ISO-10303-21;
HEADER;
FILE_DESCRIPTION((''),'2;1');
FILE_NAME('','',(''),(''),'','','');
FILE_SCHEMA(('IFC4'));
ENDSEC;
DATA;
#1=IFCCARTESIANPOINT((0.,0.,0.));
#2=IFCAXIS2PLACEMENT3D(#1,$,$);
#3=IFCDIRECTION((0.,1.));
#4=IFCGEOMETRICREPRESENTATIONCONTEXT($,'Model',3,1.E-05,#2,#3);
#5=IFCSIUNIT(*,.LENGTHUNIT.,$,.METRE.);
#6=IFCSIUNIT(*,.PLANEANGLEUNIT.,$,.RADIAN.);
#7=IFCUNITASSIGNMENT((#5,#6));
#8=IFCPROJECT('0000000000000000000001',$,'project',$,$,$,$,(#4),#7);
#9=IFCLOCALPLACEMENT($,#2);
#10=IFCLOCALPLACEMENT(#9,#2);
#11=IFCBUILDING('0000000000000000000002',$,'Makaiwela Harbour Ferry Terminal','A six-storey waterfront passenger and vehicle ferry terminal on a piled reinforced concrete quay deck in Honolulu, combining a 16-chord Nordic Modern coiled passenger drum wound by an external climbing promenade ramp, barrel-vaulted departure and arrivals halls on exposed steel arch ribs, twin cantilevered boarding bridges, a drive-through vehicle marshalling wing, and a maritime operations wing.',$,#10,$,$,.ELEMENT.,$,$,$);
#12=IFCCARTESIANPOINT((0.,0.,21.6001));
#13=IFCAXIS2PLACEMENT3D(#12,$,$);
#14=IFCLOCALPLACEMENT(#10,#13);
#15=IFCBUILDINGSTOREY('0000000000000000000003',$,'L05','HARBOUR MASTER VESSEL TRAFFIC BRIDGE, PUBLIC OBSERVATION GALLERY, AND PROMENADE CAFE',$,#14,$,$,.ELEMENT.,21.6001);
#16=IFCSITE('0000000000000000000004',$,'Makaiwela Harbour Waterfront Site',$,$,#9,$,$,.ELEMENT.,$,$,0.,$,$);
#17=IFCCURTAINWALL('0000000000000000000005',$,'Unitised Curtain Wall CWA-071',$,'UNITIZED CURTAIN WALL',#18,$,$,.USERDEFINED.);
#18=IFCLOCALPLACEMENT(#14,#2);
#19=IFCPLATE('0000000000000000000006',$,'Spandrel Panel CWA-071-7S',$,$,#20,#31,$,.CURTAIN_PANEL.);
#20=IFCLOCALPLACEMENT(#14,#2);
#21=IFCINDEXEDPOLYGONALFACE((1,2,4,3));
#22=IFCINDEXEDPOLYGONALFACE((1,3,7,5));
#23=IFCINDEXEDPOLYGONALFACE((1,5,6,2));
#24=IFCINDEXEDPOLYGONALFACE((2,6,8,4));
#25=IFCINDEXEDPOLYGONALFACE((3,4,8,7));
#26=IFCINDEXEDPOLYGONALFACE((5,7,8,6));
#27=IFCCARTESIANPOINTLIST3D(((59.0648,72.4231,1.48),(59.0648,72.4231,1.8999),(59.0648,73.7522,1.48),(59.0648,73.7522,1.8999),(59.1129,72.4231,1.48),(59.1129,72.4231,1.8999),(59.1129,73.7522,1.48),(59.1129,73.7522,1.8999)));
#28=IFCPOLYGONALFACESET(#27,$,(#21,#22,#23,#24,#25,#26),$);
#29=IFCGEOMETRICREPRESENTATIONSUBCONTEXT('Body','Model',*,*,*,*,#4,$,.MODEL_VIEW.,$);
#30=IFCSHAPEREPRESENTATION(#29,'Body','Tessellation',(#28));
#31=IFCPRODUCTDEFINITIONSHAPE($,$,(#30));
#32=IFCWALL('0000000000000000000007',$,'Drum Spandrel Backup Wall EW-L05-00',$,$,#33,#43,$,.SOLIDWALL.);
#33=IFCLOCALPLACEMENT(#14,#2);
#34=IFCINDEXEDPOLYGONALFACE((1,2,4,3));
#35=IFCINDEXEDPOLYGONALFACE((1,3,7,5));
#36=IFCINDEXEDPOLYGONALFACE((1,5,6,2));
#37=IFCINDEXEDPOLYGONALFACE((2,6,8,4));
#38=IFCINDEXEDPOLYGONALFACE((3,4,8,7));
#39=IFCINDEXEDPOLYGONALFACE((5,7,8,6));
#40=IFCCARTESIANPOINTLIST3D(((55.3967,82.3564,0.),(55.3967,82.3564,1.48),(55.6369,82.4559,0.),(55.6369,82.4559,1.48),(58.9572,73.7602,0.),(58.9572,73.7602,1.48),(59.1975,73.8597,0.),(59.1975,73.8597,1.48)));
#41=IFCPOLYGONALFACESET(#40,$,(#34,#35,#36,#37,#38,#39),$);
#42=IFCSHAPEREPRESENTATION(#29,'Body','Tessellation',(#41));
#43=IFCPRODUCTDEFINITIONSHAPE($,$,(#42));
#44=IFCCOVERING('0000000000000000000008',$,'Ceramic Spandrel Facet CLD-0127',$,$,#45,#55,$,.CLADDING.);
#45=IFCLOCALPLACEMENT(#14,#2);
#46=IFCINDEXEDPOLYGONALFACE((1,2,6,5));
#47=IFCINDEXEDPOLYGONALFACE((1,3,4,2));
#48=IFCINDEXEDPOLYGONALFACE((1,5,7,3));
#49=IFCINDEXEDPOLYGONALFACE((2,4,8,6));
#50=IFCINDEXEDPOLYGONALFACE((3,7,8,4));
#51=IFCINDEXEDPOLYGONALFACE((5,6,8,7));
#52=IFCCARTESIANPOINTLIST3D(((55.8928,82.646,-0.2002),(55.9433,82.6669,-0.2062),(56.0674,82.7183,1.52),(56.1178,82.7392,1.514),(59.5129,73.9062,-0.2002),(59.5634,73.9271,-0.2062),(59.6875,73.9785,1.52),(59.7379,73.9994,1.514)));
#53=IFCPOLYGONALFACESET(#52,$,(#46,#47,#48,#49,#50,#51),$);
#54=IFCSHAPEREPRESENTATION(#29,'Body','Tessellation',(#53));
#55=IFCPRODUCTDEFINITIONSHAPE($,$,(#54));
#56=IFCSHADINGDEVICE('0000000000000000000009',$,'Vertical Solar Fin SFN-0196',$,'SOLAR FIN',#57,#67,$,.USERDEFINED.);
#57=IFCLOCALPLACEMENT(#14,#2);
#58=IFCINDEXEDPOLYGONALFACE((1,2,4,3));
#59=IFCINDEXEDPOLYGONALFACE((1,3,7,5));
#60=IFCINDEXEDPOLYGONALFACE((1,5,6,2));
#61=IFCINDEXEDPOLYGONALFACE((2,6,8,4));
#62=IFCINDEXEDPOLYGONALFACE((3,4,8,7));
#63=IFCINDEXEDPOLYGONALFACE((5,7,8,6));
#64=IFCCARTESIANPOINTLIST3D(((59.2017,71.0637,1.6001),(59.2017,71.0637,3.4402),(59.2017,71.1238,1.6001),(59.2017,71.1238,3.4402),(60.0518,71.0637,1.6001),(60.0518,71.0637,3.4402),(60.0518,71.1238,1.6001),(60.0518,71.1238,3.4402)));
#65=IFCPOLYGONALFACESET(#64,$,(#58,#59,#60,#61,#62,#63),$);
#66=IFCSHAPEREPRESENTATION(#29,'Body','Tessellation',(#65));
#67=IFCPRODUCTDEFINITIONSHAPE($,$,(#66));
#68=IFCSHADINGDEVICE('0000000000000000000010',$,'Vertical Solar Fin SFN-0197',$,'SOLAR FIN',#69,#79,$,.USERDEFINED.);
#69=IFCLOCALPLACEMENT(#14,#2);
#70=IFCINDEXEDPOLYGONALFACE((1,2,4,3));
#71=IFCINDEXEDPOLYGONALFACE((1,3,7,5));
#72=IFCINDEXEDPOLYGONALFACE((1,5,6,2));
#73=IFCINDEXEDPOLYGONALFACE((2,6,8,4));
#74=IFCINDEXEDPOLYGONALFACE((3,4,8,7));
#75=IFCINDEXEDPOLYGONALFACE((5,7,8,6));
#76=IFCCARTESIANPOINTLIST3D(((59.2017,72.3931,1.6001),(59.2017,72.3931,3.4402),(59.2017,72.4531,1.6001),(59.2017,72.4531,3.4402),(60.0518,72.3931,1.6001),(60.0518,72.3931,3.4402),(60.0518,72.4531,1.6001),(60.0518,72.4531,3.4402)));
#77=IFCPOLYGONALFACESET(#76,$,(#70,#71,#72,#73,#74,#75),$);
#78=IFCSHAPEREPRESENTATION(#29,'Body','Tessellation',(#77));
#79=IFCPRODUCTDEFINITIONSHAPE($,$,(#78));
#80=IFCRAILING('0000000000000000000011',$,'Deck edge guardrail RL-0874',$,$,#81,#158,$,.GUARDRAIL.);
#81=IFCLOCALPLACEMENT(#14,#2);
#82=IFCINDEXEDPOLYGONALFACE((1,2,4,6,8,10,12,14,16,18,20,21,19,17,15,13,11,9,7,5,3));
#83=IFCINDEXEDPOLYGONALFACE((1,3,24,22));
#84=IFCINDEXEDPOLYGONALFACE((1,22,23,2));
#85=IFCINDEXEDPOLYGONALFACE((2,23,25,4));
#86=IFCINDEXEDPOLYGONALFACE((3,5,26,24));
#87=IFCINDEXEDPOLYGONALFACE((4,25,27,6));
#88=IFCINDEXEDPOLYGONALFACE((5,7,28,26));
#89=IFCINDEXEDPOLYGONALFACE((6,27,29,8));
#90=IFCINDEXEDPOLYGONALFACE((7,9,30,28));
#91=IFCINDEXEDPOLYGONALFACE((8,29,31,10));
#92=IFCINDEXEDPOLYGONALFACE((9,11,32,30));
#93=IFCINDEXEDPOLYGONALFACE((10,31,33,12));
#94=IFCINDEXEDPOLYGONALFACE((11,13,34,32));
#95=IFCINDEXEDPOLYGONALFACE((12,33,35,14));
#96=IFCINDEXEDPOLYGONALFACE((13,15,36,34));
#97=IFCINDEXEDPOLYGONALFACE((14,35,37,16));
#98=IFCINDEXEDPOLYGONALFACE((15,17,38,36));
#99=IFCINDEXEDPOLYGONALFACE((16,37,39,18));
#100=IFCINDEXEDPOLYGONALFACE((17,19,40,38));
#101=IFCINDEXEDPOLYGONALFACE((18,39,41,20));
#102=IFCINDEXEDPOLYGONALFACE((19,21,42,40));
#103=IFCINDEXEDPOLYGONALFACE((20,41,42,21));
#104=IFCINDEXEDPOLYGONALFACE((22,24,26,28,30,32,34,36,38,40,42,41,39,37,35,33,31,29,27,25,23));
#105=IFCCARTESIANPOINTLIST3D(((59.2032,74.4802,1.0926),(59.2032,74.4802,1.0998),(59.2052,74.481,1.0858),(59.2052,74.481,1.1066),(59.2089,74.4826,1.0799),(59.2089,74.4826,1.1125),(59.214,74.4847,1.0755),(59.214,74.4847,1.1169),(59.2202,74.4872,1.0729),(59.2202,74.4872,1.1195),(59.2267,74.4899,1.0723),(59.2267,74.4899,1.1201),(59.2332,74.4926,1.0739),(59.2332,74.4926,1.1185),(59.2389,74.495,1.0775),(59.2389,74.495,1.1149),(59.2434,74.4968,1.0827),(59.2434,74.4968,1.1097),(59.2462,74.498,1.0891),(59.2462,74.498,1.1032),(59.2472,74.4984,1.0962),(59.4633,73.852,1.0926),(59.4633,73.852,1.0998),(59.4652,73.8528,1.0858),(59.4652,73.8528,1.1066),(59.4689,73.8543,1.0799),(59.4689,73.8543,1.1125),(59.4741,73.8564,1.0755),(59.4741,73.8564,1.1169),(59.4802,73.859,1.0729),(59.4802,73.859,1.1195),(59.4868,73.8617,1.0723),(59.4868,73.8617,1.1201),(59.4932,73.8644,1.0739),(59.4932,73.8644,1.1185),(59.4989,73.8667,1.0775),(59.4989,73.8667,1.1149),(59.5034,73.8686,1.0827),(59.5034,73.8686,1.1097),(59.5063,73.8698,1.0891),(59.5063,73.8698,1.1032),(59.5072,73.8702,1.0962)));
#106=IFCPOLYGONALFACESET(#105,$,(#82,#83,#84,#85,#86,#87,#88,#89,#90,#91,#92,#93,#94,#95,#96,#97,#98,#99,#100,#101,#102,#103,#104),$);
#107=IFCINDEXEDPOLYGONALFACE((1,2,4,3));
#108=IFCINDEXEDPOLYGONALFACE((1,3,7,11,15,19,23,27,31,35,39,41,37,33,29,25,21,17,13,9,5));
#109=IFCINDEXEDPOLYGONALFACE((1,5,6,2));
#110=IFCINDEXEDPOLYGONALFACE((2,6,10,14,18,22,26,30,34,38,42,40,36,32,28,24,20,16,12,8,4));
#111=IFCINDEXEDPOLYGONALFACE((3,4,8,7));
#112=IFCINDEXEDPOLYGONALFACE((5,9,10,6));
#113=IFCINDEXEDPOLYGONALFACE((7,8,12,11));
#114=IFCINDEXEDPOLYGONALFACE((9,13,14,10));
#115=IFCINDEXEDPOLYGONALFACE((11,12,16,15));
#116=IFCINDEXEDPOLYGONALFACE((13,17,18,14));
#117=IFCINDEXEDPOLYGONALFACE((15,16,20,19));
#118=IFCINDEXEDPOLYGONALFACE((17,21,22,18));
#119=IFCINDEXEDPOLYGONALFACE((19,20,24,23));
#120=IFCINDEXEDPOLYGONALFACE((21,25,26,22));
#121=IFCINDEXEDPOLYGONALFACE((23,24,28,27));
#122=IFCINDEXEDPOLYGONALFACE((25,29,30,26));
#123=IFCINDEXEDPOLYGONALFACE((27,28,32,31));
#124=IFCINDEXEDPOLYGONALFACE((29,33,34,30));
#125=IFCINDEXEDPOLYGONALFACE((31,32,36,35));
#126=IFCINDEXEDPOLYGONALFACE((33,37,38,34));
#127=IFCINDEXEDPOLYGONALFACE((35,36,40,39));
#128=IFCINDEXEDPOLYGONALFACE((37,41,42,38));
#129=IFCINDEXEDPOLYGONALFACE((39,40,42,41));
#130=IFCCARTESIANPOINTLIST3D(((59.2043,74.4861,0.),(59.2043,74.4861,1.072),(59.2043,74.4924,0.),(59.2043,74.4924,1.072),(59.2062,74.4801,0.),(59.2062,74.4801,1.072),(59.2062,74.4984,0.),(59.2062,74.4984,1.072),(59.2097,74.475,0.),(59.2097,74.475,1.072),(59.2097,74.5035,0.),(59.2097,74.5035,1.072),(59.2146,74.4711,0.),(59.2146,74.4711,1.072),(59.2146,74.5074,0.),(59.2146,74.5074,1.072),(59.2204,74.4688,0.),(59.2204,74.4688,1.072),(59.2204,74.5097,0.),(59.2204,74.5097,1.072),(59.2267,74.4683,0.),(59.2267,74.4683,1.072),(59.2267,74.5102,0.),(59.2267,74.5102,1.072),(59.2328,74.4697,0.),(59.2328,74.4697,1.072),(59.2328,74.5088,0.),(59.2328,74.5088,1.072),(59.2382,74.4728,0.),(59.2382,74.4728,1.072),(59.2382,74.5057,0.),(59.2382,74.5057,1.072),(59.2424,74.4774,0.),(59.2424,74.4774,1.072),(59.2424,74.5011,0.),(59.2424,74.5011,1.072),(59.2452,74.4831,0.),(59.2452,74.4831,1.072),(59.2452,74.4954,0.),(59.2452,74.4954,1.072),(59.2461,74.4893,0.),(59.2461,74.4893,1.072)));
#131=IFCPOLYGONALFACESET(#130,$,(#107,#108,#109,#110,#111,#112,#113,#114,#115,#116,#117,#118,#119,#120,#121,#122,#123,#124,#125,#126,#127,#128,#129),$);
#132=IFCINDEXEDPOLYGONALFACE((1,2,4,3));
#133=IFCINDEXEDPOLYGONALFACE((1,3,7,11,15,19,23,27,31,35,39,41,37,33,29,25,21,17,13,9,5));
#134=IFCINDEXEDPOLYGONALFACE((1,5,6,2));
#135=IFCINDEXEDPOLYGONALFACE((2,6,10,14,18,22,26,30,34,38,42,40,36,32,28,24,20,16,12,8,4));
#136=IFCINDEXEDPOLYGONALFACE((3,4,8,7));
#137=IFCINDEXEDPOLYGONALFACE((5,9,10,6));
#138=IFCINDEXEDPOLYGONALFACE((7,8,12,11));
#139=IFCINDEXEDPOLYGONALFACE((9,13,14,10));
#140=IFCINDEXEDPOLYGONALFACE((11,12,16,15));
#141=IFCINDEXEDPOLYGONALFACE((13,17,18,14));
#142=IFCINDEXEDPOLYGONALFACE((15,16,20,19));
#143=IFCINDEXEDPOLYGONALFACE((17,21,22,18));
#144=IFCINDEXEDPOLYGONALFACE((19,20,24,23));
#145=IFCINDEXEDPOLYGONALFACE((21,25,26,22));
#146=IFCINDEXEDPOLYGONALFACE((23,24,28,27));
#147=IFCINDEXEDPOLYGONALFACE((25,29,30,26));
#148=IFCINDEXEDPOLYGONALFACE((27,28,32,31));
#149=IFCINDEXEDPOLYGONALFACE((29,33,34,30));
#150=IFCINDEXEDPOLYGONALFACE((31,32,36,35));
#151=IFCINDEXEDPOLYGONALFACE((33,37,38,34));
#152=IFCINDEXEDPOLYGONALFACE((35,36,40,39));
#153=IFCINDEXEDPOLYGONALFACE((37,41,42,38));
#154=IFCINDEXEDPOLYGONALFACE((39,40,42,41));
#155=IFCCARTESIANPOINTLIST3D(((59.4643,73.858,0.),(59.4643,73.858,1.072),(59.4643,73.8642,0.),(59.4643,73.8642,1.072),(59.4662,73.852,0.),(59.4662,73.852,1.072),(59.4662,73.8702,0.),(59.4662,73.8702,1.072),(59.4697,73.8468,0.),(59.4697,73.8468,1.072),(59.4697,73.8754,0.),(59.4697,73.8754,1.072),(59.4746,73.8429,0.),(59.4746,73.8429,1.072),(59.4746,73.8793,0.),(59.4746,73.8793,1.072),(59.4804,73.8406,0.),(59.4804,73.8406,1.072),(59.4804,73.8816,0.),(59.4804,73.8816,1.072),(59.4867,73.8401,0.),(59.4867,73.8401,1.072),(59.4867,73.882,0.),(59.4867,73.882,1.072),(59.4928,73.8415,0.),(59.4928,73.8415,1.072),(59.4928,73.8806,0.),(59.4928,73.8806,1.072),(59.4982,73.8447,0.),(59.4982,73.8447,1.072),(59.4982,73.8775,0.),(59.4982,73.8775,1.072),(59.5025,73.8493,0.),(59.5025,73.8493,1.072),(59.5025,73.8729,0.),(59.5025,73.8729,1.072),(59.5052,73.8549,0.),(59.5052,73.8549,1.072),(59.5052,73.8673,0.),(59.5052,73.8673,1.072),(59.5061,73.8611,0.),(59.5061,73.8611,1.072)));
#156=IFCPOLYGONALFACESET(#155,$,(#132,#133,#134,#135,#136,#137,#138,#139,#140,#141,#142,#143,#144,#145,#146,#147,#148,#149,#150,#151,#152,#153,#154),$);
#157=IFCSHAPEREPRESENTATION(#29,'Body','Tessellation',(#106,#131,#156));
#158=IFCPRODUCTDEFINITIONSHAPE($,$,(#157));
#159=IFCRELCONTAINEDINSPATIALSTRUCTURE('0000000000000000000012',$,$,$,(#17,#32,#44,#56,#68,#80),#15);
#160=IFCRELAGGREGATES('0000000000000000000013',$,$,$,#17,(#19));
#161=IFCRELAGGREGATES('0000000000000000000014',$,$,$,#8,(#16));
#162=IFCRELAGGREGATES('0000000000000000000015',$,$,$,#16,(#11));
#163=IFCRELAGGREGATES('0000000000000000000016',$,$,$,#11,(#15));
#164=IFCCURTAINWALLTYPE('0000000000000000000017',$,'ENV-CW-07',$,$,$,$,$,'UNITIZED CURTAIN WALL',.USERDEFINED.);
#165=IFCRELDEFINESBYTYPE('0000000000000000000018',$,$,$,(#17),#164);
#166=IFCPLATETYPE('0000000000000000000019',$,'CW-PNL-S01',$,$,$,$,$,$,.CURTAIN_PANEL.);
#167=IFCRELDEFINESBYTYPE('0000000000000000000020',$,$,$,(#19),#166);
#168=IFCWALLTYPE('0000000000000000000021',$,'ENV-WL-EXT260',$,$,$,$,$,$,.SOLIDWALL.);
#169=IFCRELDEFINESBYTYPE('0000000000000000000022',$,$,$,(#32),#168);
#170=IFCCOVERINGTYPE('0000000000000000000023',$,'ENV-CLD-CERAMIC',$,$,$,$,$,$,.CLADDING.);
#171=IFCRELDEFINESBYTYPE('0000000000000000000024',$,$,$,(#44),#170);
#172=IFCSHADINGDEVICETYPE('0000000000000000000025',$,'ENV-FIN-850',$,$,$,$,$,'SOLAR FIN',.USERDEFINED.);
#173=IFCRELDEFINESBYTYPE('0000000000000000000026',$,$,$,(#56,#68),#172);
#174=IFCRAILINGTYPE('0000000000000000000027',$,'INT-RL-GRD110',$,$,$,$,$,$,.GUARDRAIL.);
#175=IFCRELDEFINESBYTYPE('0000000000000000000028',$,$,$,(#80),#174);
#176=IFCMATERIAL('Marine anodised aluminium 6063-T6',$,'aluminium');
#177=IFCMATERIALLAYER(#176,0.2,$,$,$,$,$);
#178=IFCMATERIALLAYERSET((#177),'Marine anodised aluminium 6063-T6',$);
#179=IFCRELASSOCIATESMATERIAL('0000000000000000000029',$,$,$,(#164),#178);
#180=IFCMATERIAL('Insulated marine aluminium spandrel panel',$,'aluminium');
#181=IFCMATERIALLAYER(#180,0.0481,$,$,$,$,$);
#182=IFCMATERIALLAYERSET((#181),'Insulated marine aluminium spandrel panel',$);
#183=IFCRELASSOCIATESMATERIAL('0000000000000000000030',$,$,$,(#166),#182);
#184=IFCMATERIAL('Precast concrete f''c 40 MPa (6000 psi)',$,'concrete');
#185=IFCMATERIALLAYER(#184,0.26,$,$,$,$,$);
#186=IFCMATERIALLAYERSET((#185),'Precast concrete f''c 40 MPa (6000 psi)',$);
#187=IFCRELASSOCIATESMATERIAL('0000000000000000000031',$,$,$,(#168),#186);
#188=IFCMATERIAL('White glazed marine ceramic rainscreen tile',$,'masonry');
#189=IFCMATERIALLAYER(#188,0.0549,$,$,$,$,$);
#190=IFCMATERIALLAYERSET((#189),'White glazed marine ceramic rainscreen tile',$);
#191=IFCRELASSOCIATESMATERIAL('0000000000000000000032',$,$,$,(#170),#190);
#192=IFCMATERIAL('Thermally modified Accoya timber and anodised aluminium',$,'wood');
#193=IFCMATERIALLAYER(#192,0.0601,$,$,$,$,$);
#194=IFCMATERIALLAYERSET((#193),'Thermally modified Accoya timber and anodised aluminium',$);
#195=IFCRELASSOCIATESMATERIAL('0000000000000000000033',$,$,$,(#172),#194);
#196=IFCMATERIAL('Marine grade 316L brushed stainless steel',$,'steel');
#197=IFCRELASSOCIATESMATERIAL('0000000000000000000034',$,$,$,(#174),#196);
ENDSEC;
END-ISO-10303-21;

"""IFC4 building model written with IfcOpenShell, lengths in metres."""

from ifc_helpers import new_model, si_unit, direction, frame, frame_2d, origin, origin_2d, place, context, subcontext, project, spatial, polyline, rectangle, circle, outline, extrude, material, layer, layer_set, type_object, element, aggregate, save


model = new_model("IFC4")

# Units and contexts
model_context = context("Model", 3, precision=1e-05, world=origin(), true_north=direction((0.0, 1.0)))
body_context = subcontext(model_context, "Body", "Model", "MODEL_VIEW")
ifc_project = project(units=[si_unit("LENGTHUNIT", "METRE"), si_unit("PLANEANGLEUNIT", "RADIAN")], contexts=[model_context])

# Site, building, storey
site_placement = place(None, origin())
site = spatial("IfcSite", under=ifc_project, at=site_placement, Name="Makaiwela Harbour Waterfront Site", CompositionType="ELEMENT", RefElevation=0.0)
building_placement = place(site_placement, origin())
building = spatial("IfcBuilding", under=site, at=building_placement, Name="Makaiwela Harbour Ferry Terminal", Description="A six-storey waterfront passenger and vehicle ferry terminal on a piled reinforced concrete quay deck in Honolulu, combining a 16-chord Nordic Modern coiled passenger drum wound by an external climbing promenade ramp, barrel-vaulted departure and arrivals halls on exposed steel arch ribs, twin cantilevered boarding bridges, a drive-through vehicle marshalling wing, and a maritime operations wing.", CompositionType="ELEMENT")
storey_placement = place(building_placement, frame((0.0, 0.0, 21.6001)))
storey = spatial("IfcBuildingStorey", under=building, at=storey_placement, Name="L05", Description="HARBOUR MASTER VESSEL TRAFFIC BRIDGE, PUBLIC OBSERVATION GALLERY, AND PROMENADE CAFE", CompositionType="ELEMENT", Elevation=21.6001)

# Curtain wall
ifc_material_1 = material(Name="Marine anodised aluminium 6063-T6", Category="aluminium")
ifc_layer_1 = layer(ifc_material_1, 0.2)
ifc_layer_set_1 = layer_set([ifc_layer_1], Name="Marine anodised aluminium 6063-T6")
curtain_wall_type = type_object("IfcCurtainWallType", Name="ENV-CW-07", ElementType="UNITIZED CURTAIN WALL", PredefinedType="USERDEFINED", material=ifc_layer_set_1)
curtain_wall_1_placement = place(storey_placement, origin())
curtain_wall_1 = element("IfcCurtainWall", 1, at=curtain_wall_1_placement, inside=storey, type_object=curtain_wall_type, Name="Unitised Curtain Wall CWA-071", ObjectType="UNITIZED CURTAIN WALL", PredefinedType="USERDEFINED")

# Plate
ifc_material_2 = material(Name="Insulated marine aluminium spandrel panel", Category="aluminium")
ifc_layer_2 = layer(ifc_material_2, 0.0481)
ifc_layer_set_2 = layer_set([ifc_layer_2], Name="Insulated marine aluminium spandrel panel")
plate_type_1 = type_object("IfcPlateType", Name="CW-PNL-S01", PredefinedType="CURTAIN_PANEL", material=ifc_layer_set_2)
plate_1_placement = place(storey_placement, frame((59.0889, 73.0876, 1.48), z_axis=(0.0, 0.0, 1.0), x_axis=(0.0, 1.0, 0.0)))
plate_1 = element("IfcPlate", 2, at=plate_1_placement, type_object=plate_type_1, Name="Spandrel Panel CWA-071-7S", PredefinedType="CURTAIN_PANEL", context=body_context, shape_type="SweptSolid", body=[
    extrude(rectangle(XDim=1.3291, YDim=0.0481, at=origin_2d()), origin(), (0.0, 0.0, 1.0), 0.4199),
])
aggregate(curtain_wall_1, [plate_1])

# Wall
ifc_material_3 = material(Name="Precast concrete f'c 40 MPa (6000 psi)", Category="concrete")
ifc_layer_3 = layer(ifc_material_3, 0.26)
ifc_layer_set_3 = layer_set([ifc_layer_3], Name="Precast concrete f'c 40 MPa (6000 psi)")
wall_type = type_object("IfcWallType", Name="ENV-WL-EXT260", PredefinedType="SOLIDWALL", material=ifc_layer_set_3)
wall_placement = place(storey_placement, frame((59.0774, 73.8098, 0.0), z_axis=(0.0, 0.0, 1.0), x_axis=(-0.382673, 0.923884, 0.0)))
element("IfcWall", 3, at=wall_placement, inside=storey, type_object=wall_type, Name="Drum Spandrel Backup Wall EW-L05-00", PredefinedType="SOLIDWALL", context=body_context, shape_type="SweptSolid", body=[
    extrude(rectangle(XDim=9.3044, YDim=0.26, at=frame_2d((4.6523, 0.0))), origin(), (0.0, 0.0, 1.0), 1.48),
])

# Covering
ifc_material_4 = material(Name="White glazed marine ceramic rainscreen tile", Category="masonry")
ifc_layer_4 = layer(ifc_material_4, 0.0549)
ifc_layer_set_4 = layer_set([ifc_layer_4], Name="White glazed marine ceramic rainscreen tile")
covering_type = type_object("IfcCoveringType", Name="ENV-CLD-CERAMIC", PredefinedType="CLADDING", material=ifc_layer_set_4)
covering_placement = place(storey_placement, frame((59.5129, 73.9062, -0.2002), z_axis=(-0.918358, -0.380396, 0.109172), x_axis=(-0.382683, 0.92388, 0.0)))
element("IfcCovering", 4, at=covering_placement, inside=storey, type_object=covering_type, Name="Ceramic Spandrel Facet CLD-0127", PredefinedType="CLADDING", context=body_context, shape_type="SweptSolid", body=[
    extrude(outline(polyline([(0.0, 0.0), (9.4598, 0.0), (9.4598, -1.7306), (0.0, -1.7306), (0.0, 0.0)])), origin(), (0.0, 0.0, -1.0), 0.0549),
])

# Shading devices
ifc_material_5 = material(Name="Thermally modified Accoya timber and anodised aluminium", Category="wood")
ifc_layer_5 = layer(ifc_material_5, 0.0601)
ifc_layer_set_5 = layer_set([ifc_layer_5], Name="Thermally modified Accoya timber and anodised aluminium")
shading_device_type = type_object("IfcShadingDeviceType", Name="ENV-FIN-850", ElementType="SOLAR FIN", PredefinedType="USERDEFINED", material=ifc_layer_set_5)
for number, where, z_axis, x_axis, name in (
    (5, (59.6267, 71.0938, 1.6001), (0.0, 0.0, 1.0), (1.0, 0.0, 0.0), "Vertical Solar Fin SFN-0196"),
    (6, (59.6267, 72.4231, 1.6001), (0.0, 0.0, 1.0), (1.0, 0.0, 0.0), "Vertical Solar Fin SFN-0197"),
):
    element("IfcShadingDevice", number, at=place(storey_placement, frame(where, z_axis=z_axis, x_axis=x_axis)), inside=storey, type_object=shading_device_type, Name=name, ObjectType="SOLAR FIN", PredefinedType="USERDEFINED", context=body_context, shape_type="SweptSolid", body=[
        extrude(rectangle(XDim=0.8501, YDim=0.0601, at=origin_2d()), origin(), (0.0, 0.0, 1.0), 1.8401),
    ])

# Railing
ifc_material_6 = material(Name="Marine grade 316L brushed stainless steel", Category="steel")
railing_type = type_object("IfcRailingType", Name="INT-RL-GRD110", PredefinedType="GUARDRAIL", material=ifc_material_6)
railing_placement = place(storey_placement, frame((59.2251, 74.4893, 0.0)))
element("IfcRailing", 7, at=railing_placement, inside=storey, type_object=railing_type, Name="Deck edge guardrail RL-0874", PredefinedType="GUARDRAIL", context=body_context, shape_type="SweptSolid", body=[
    extrude(circle(Radius=0.0239, at=origin_2d()), frame((0.0, 0.0, 1.0962), z_axis=(0.382447, -0.923977, 0.0), x_axis=(0.923977, 0.382447, 0.0)), (0.0, 0.0, 1.0), 0.6799),
    extrude(circle(Radius=0.021, at=origin_2d()), origin(), (0.0, 0.0, 1.0), 1.072),
    extrude(circle(Radius=0.021, at=origin_2d()), frame((0.26, -0.6282, 0.0)), (0.0, 0.0, 1.0), 1.072),
])

save(model, "model.ifc")
